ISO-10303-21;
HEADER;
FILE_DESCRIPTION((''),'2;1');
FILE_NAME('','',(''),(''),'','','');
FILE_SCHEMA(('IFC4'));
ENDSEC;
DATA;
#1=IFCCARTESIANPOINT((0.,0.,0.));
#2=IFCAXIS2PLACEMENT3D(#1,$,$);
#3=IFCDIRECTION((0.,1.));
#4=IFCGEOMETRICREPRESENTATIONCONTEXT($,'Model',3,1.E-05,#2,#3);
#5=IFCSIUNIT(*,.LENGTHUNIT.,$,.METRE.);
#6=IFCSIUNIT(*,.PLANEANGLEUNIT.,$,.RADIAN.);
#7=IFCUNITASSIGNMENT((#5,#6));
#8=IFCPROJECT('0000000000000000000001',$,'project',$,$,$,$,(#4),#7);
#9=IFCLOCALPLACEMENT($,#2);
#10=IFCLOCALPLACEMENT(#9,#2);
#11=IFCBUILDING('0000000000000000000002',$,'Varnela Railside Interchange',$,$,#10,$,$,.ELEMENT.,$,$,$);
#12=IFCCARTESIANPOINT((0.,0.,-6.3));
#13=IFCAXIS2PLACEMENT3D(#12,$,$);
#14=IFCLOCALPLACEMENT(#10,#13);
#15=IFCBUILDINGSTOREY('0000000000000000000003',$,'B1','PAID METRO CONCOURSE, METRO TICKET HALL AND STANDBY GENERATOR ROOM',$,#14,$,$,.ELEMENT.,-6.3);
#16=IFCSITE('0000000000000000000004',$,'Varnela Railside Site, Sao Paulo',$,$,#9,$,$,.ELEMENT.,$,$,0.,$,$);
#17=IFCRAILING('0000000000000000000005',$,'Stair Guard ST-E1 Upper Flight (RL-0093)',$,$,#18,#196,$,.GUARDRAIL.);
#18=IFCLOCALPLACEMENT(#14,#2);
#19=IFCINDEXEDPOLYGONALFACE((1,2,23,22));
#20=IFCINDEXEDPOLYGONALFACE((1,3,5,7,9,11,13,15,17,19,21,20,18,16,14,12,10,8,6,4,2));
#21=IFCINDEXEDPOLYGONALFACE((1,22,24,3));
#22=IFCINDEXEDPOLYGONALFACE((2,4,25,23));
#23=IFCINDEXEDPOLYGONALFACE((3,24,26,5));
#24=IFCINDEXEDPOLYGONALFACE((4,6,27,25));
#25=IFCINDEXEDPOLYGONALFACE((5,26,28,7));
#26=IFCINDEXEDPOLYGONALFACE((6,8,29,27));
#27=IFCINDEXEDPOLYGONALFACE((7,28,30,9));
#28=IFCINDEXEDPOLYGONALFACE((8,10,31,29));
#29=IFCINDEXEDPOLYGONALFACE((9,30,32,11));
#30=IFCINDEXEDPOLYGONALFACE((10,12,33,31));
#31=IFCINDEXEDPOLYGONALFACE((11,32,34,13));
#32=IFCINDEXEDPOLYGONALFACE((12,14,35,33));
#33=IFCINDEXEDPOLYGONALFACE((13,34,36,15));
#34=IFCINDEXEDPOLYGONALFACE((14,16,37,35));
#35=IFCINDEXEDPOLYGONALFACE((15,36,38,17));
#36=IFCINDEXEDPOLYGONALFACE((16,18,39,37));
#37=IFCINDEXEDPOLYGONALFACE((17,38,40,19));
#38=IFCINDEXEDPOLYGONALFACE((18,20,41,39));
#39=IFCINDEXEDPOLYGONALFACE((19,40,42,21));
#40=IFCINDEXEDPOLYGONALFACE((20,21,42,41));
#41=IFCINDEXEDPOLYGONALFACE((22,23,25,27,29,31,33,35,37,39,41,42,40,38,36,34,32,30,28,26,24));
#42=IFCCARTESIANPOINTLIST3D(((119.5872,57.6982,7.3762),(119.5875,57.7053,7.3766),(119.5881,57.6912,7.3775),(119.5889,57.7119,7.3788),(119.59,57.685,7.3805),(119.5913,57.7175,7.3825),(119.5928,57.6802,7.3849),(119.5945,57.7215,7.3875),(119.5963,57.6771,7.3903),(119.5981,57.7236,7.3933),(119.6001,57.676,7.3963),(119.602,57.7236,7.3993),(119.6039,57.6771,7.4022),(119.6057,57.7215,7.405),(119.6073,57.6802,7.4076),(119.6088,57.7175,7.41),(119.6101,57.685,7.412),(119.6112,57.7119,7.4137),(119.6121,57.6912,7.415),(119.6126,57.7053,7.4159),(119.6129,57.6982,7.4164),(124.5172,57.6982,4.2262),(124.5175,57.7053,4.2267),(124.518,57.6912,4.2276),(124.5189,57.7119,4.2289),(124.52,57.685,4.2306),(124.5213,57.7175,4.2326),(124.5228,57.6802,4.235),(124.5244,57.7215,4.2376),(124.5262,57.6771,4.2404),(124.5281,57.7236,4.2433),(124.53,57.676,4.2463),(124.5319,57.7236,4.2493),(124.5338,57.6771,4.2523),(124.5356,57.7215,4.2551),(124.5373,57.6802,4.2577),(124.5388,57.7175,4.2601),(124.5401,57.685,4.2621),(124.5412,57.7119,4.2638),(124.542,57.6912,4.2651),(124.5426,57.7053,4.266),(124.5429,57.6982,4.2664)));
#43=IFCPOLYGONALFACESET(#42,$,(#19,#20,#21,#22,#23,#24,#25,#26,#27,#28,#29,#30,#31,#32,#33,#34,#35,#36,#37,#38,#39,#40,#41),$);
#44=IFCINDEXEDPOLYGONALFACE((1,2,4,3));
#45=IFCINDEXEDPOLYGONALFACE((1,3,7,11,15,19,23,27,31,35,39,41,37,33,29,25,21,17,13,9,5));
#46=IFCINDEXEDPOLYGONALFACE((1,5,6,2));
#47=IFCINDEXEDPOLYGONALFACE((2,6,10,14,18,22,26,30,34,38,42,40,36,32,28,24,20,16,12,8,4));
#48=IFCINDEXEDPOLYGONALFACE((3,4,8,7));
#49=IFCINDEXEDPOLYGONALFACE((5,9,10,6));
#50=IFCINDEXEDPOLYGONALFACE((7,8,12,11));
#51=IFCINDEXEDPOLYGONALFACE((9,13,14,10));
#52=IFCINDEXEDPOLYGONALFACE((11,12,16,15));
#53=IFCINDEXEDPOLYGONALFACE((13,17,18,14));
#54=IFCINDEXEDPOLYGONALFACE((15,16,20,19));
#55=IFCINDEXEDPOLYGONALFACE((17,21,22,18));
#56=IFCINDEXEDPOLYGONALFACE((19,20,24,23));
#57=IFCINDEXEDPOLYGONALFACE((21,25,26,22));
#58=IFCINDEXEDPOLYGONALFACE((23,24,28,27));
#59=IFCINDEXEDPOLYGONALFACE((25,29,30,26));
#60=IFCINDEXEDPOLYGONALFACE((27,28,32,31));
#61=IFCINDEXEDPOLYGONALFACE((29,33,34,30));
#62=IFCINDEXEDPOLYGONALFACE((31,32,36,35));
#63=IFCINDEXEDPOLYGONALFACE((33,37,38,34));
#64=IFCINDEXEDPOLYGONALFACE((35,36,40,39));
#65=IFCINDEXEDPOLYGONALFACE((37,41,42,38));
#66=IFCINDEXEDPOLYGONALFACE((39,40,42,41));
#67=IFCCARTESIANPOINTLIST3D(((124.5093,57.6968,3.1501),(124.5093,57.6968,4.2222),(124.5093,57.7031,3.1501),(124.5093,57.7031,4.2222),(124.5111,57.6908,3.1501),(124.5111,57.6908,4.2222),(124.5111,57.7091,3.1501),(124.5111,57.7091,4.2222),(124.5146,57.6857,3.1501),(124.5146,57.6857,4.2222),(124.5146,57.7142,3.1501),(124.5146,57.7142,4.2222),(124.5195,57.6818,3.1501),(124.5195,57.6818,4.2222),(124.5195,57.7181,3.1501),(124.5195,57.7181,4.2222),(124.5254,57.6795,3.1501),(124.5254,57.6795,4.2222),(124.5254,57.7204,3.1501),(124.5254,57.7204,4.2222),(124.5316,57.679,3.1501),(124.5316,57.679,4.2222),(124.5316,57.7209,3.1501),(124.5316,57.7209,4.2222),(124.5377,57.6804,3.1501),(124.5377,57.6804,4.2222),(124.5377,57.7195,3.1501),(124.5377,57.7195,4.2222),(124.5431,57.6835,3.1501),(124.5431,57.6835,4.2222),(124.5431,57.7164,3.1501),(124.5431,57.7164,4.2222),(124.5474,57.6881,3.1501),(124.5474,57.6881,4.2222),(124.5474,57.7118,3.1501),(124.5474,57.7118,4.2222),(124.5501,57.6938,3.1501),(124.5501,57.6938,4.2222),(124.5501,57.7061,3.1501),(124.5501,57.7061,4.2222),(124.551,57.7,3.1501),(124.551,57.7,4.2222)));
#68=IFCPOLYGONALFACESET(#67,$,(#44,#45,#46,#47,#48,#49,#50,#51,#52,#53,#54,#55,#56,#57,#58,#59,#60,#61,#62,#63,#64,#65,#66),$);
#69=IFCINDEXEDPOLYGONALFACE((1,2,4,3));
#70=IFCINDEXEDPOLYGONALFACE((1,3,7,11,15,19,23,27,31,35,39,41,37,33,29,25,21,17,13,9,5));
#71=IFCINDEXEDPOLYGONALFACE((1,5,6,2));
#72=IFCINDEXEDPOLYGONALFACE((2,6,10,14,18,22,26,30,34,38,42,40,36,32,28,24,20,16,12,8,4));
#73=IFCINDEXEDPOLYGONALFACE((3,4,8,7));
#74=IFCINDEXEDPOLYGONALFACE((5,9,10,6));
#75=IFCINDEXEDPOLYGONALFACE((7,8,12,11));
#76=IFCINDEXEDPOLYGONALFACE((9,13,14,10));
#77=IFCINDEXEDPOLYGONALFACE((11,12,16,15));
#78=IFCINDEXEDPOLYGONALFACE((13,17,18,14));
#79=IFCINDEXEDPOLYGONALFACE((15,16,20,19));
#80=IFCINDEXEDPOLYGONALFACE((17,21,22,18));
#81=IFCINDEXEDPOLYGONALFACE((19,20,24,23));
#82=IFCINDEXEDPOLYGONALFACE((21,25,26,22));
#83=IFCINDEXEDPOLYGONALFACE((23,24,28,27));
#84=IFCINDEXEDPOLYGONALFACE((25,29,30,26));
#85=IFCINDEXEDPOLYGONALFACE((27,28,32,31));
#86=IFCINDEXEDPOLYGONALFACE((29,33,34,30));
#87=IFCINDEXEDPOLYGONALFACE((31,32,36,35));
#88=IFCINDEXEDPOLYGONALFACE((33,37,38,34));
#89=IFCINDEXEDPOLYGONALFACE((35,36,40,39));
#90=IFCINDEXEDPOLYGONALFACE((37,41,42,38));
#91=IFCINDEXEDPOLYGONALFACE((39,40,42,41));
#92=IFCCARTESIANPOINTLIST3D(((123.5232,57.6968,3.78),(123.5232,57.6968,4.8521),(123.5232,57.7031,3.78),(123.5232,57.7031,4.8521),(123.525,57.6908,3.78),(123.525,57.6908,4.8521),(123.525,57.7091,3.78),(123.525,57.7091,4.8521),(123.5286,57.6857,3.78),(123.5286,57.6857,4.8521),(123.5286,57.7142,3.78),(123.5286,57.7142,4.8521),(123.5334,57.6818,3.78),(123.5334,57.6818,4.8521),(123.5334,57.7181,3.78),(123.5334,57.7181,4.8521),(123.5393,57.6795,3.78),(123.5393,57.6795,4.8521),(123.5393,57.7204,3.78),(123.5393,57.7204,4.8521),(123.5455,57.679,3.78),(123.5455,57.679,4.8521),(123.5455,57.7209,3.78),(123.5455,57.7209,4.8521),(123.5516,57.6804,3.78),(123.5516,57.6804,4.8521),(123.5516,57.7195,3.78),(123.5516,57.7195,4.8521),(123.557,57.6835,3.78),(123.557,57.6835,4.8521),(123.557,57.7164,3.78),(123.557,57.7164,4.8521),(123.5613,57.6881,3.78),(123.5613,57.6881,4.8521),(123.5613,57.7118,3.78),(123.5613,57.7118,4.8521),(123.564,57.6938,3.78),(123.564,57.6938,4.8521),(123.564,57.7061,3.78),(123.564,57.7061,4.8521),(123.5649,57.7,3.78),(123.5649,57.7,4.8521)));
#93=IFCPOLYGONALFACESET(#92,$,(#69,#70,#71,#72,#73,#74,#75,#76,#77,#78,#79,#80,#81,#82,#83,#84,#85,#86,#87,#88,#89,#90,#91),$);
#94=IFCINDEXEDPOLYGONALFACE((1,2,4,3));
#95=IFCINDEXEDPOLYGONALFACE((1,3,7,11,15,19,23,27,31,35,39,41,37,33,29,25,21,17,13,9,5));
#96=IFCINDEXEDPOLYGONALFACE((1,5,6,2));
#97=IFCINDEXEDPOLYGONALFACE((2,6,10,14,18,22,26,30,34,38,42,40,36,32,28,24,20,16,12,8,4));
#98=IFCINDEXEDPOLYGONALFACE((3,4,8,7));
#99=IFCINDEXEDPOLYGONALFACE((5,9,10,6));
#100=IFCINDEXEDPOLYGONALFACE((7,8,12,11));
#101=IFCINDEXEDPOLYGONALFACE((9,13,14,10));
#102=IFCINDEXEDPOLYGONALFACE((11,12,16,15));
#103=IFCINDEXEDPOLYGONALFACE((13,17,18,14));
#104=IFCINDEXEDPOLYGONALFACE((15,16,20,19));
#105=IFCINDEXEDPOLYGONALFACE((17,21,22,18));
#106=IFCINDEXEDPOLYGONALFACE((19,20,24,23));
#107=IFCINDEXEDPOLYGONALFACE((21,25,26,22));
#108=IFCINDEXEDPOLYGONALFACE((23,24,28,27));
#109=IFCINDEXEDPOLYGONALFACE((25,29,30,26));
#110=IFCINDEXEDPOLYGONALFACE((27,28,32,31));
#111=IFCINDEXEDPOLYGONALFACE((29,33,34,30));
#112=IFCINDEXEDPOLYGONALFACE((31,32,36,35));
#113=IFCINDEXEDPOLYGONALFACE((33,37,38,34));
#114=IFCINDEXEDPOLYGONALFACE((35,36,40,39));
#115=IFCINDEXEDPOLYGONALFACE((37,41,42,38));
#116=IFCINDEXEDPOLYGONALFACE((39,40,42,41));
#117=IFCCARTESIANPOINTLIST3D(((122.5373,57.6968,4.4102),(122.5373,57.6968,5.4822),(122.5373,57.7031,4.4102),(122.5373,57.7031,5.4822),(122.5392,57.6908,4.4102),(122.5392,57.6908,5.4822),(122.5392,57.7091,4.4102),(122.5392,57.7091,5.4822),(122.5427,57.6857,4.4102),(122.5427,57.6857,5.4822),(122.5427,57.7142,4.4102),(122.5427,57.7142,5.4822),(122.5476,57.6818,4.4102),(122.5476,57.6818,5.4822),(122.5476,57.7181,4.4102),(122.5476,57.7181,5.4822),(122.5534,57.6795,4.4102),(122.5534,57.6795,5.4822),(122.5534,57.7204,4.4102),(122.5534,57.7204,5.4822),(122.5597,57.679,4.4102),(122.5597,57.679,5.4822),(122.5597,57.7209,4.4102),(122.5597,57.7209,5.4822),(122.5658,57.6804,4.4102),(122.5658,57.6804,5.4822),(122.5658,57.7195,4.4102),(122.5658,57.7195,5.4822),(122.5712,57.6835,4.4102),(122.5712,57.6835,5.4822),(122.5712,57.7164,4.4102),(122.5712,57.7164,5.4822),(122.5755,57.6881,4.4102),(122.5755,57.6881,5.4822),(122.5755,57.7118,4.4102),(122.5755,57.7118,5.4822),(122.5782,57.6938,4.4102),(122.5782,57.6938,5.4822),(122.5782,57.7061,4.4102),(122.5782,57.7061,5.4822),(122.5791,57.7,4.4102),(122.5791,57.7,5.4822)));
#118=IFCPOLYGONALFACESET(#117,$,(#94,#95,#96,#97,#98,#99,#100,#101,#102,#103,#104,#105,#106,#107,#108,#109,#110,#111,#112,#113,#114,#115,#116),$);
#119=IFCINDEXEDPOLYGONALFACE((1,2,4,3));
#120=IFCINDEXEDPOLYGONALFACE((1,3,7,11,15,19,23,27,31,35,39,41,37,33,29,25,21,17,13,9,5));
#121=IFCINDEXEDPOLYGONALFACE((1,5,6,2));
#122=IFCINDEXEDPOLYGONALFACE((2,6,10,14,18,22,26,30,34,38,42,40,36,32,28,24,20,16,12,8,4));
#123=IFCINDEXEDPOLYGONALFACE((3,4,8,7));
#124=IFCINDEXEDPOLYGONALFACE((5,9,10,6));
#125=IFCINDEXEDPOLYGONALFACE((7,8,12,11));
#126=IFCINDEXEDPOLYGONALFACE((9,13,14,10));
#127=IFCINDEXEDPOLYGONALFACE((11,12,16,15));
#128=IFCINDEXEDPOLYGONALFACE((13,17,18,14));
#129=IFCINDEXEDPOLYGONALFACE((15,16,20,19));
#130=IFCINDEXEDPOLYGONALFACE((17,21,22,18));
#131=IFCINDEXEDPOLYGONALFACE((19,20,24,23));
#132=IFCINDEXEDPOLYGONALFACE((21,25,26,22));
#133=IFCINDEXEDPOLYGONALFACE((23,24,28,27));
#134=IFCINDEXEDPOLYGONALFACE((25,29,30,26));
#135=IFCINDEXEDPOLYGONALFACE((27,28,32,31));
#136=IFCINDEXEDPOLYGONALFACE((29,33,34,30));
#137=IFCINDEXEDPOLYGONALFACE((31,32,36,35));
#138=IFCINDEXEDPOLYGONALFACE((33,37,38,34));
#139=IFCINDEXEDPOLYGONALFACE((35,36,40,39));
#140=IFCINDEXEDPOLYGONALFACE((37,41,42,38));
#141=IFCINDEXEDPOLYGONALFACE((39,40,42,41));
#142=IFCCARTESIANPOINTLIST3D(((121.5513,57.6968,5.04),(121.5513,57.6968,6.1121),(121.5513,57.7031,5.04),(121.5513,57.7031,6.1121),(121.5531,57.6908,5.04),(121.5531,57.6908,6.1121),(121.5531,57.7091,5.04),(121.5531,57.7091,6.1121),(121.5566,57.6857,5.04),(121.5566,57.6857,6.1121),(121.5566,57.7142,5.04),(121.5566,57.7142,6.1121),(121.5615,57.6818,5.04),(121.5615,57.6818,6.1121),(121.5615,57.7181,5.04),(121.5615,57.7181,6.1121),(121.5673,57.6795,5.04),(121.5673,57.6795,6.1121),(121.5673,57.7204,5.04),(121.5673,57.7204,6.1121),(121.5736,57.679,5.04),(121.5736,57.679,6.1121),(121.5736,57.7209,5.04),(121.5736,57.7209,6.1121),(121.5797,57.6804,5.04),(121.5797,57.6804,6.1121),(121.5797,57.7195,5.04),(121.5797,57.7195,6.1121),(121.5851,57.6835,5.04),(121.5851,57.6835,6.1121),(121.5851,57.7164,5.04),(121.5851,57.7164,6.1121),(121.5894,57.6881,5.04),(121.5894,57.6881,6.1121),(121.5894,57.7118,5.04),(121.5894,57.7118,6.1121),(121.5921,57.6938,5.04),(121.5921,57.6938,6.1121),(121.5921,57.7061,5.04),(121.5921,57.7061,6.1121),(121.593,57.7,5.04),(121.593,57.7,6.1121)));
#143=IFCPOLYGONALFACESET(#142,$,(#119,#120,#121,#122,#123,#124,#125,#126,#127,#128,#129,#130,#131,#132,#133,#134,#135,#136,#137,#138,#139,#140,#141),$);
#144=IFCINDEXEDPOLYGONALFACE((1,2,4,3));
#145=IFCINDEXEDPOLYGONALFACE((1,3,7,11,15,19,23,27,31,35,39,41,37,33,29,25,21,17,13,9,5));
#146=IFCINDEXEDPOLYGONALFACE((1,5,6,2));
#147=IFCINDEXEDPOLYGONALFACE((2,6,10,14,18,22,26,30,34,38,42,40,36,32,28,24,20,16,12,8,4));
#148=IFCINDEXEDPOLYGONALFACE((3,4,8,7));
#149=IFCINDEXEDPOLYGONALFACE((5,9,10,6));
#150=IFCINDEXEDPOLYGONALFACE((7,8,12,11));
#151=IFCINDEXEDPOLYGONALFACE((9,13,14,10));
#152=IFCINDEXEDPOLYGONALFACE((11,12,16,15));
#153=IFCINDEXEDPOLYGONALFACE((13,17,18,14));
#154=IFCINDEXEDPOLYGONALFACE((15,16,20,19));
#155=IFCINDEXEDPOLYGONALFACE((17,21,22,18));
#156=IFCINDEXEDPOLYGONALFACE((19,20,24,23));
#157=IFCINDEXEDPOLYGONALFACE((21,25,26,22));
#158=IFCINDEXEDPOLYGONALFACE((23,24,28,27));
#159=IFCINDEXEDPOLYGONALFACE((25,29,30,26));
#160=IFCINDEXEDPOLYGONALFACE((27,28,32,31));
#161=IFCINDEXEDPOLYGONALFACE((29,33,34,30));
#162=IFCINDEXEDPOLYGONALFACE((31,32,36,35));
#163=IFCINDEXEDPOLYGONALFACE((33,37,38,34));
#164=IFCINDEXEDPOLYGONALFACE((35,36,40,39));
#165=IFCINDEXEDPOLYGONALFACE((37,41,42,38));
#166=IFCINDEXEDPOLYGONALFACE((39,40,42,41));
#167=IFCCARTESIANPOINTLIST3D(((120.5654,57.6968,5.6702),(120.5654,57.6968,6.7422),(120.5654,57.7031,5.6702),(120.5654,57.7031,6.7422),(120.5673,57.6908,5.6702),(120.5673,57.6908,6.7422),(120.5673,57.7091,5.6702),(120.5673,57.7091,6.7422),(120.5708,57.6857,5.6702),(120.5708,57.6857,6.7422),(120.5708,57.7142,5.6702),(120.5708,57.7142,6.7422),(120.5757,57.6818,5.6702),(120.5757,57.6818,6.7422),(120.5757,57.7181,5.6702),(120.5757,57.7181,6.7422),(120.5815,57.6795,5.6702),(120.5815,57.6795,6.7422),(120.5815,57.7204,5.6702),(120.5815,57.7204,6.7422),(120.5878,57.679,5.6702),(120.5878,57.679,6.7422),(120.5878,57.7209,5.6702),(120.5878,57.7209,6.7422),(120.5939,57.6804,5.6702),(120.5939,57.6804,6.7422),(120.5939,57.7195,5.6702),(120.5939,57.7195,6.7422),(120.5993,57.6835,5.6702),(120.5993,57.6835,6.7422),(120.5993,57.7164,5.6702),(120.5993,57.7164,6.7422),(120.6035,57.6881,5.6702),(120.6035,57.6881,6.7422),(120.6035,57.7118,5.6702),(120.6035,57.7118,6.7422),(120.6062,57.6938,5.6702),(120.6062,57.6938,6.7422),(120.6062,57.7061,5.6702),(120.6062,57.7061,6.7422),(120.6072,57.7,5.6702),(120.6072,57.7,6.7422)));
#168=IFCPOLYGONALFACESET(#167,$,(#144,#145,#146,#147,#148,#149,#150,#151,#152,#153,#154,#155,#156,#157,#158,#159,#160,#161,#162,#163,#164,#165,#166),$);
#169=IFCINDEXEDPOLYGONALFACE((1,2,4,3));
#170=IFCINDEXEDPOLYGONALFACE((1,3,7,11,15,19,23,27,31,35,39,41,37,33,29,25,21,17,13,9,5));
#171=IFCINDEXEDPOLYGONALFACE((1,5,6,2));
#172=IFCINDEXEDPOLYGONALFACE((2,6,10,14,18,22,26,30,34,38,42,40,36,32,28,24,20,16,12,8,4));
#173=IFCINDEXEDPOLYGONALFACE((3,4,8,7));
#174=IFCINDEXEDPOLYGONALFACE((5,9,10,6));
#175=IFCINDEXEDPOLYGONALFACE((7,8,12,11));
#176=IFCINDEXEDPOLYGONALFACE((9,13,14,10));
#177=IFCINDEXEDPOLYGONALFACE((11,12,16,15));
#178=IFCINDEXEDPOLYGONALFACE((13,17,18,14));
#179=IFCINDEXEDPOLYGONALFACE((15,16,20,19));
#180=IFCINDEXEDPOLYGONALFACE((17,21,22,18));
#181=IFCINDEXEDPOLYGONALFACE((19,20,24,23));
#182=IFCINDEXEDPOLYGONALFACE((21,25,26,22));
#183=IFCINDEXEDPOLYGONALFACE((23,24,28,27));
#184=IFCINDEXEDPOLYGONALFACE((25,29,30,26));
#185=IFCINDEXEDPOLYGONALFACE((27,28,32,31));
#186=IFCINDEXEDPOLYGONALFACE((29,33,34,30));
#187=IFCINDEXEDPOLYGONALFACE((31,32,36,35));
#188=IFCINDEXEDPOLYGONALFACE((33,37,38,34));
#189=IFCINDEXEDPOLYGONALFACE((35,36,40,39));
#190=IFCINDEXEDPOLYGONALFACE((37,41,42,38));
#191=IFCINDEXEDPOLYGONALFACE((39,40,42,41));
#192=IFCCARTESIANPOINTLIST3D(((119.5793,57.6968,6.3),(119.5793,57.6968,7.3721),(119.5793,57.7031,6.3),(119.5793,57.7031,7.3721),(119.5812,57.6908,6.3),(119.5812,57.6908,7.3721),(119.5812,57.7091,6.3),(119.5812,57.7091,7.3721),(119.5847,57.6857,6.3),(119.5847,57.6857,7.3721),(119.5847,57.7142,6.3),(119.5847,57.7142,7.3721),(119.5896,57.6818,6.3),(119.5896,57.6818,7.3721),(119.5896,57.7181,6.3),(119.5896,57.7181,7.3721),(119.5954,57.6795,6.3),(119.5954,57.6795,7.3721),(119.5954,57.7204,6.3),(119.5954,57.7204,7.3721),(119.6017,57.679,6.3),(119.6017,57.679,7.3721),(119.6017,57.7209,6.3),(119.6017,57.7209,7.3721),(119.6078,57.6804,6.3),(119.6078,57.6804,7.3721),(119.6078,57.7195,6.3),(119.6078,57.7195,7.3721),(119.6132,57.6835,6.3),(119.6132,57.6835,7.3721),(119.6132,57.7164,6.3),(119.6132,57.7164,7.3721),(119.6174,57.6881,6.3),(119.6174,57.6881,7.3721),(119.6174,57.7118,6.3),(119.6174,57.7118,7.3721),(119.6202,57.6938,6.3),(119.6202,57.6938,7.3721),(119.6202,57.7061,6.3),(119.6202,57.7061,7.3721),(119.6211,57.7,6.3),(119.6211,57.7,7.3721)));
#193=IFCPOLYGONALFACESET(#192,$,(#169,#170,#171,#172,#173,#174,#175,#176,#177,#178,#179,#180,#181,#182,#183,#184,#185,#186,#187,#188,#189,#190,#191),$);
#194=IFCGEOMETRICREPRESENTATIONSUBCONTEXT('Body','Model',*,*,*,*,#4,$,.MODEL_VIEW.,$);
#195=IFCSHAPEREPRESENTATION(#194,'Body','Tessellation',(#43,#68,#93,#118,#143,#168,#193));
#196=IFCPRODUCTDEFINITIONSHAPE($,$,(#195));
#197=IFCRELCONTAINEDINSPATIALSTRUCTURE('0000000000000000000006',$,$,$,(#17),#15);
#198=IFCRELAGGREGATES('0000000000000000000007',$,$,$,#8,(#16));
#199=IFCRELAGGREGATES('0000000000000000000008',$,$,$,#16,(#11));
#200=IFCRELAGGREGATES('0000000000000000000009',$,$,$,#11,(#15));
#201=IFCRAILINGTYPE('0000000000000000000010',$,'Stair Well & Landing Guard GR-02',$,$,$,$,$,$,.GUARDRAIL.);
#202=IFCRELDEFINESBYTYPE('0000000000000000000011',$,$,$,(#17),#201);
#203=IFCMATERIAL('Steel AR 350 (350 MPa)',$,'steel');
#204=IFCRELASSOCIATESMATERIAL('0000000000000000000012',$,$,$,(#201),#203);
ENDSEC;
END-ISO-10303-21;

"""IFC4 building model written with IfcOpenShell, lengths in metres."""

from ifc_helpers import new_model, si_unit, direction, frame, origin, origin_2d, place, context, subcontext, project, spatial, circle, extrude, material, type_object, element, save


model = new_model("IFC4")

# Units and contexts
model_context = context("Model", 3, precision=1e-05, world=origin(), true_north=direction((0.0, 1.0)))
body_context = subcontext(model_context, "Body", "Model", "MODEL_VIEW")
ifc_project = project(units=[si_unit("LENGTHUNIT", "METRE"), si_unit("PLANEANGLEUNIT", "RADIAN")], contexts=[model_context])

# Site, building, storey
site_placement = place(None, origin())
site = spatial("IfcSite", under=ifc_project, at=site_placement, Name="Varnela Railside Site, Sao Paulo", CompositionType="ELEMENT", RefElevation=0.0)
building_placement = place(site_placement, origin())
building = spatial("IfcBuilding", under=site, at=building_placement, Name="Varnela Railside Interchange", CompositionType="ELEMENT")
storey_placement = place(building_placement, frame((0.0, 0.0, -6.3)))
storey = spatial("IfcBuildingStorey", under=building, at=storey_placement, Name="B1", Description="PAID METRO CONCOURSE, METRO TICKET HALL AND STANDBY GENERATOR ROOM", CompositionType="ELEMENT", Elevation=-6.3)

# Railing
ifc_material_1 = material(Name="Steel AR 350 (350 MPa)", Category="steel")
railing_type_1 = type_object("IfcRailingType", Name="Stair Well & Landing Guard GR-02", PredefinedType="GUARDRAIL", material=ifc_material_1)
railing_1_placement = place(storey_placement, frame((124.53, 57.7, 3.1501)))
element("IfcRailing", 1, at=railing_1_placement, inside=storey, type_object=railing_type_1, Name="Stair Guard ST-E1 Upper Flight (RL-0093)", PredefinedType="GUARDRAIL", context=body_context, shape_type="SweptSolid", body=[
    extrude(circle(Radius=0.0239, at=origin_2d()), frame((0.0, 0.0, 1.0962), z_axis=(-0.842679, 0.0, 0.538416), x_axis=(0.0, -1.0, 0.0)), (0.0, 0.0, 1.0), 5.8503),
    extrude(circle(Radius=0.021, at=origin_2d()), origin(), (0.0, 0.0, 1.0), 1.072),
    extrude(circle(Radius=0.021, at=origin_2d()), frame((-0.9861, 0.0, 0.6299)), (0.0, 0.0, 1.0), 1.072),
    extrude(circle(Radius=0.021, at=origin_2d()), frame((-1.9719, 0.0, 1.26)), (0.0, 0.0, 1.0), 1.072),
    extrude(circle(Radius=0.021, at=origin_2d()), frame((-2.958, 0.0, 1.8899)), (0.0, 0.0, 1.0), 1.072),
    extrude(circle(Radius=0.021, at=origin_2d()), frame((-3.9438, 0.0, 2.52)), (0.0, 0.0, 1.0), 1.072),
    extrude(circle(Radius=0.021, at=origin_2d()), frame((-4.9299, 0.0, 3.1499)), (0.0, 0.0, 1.0), 1.072),
])

save(model, "model.ifc")
